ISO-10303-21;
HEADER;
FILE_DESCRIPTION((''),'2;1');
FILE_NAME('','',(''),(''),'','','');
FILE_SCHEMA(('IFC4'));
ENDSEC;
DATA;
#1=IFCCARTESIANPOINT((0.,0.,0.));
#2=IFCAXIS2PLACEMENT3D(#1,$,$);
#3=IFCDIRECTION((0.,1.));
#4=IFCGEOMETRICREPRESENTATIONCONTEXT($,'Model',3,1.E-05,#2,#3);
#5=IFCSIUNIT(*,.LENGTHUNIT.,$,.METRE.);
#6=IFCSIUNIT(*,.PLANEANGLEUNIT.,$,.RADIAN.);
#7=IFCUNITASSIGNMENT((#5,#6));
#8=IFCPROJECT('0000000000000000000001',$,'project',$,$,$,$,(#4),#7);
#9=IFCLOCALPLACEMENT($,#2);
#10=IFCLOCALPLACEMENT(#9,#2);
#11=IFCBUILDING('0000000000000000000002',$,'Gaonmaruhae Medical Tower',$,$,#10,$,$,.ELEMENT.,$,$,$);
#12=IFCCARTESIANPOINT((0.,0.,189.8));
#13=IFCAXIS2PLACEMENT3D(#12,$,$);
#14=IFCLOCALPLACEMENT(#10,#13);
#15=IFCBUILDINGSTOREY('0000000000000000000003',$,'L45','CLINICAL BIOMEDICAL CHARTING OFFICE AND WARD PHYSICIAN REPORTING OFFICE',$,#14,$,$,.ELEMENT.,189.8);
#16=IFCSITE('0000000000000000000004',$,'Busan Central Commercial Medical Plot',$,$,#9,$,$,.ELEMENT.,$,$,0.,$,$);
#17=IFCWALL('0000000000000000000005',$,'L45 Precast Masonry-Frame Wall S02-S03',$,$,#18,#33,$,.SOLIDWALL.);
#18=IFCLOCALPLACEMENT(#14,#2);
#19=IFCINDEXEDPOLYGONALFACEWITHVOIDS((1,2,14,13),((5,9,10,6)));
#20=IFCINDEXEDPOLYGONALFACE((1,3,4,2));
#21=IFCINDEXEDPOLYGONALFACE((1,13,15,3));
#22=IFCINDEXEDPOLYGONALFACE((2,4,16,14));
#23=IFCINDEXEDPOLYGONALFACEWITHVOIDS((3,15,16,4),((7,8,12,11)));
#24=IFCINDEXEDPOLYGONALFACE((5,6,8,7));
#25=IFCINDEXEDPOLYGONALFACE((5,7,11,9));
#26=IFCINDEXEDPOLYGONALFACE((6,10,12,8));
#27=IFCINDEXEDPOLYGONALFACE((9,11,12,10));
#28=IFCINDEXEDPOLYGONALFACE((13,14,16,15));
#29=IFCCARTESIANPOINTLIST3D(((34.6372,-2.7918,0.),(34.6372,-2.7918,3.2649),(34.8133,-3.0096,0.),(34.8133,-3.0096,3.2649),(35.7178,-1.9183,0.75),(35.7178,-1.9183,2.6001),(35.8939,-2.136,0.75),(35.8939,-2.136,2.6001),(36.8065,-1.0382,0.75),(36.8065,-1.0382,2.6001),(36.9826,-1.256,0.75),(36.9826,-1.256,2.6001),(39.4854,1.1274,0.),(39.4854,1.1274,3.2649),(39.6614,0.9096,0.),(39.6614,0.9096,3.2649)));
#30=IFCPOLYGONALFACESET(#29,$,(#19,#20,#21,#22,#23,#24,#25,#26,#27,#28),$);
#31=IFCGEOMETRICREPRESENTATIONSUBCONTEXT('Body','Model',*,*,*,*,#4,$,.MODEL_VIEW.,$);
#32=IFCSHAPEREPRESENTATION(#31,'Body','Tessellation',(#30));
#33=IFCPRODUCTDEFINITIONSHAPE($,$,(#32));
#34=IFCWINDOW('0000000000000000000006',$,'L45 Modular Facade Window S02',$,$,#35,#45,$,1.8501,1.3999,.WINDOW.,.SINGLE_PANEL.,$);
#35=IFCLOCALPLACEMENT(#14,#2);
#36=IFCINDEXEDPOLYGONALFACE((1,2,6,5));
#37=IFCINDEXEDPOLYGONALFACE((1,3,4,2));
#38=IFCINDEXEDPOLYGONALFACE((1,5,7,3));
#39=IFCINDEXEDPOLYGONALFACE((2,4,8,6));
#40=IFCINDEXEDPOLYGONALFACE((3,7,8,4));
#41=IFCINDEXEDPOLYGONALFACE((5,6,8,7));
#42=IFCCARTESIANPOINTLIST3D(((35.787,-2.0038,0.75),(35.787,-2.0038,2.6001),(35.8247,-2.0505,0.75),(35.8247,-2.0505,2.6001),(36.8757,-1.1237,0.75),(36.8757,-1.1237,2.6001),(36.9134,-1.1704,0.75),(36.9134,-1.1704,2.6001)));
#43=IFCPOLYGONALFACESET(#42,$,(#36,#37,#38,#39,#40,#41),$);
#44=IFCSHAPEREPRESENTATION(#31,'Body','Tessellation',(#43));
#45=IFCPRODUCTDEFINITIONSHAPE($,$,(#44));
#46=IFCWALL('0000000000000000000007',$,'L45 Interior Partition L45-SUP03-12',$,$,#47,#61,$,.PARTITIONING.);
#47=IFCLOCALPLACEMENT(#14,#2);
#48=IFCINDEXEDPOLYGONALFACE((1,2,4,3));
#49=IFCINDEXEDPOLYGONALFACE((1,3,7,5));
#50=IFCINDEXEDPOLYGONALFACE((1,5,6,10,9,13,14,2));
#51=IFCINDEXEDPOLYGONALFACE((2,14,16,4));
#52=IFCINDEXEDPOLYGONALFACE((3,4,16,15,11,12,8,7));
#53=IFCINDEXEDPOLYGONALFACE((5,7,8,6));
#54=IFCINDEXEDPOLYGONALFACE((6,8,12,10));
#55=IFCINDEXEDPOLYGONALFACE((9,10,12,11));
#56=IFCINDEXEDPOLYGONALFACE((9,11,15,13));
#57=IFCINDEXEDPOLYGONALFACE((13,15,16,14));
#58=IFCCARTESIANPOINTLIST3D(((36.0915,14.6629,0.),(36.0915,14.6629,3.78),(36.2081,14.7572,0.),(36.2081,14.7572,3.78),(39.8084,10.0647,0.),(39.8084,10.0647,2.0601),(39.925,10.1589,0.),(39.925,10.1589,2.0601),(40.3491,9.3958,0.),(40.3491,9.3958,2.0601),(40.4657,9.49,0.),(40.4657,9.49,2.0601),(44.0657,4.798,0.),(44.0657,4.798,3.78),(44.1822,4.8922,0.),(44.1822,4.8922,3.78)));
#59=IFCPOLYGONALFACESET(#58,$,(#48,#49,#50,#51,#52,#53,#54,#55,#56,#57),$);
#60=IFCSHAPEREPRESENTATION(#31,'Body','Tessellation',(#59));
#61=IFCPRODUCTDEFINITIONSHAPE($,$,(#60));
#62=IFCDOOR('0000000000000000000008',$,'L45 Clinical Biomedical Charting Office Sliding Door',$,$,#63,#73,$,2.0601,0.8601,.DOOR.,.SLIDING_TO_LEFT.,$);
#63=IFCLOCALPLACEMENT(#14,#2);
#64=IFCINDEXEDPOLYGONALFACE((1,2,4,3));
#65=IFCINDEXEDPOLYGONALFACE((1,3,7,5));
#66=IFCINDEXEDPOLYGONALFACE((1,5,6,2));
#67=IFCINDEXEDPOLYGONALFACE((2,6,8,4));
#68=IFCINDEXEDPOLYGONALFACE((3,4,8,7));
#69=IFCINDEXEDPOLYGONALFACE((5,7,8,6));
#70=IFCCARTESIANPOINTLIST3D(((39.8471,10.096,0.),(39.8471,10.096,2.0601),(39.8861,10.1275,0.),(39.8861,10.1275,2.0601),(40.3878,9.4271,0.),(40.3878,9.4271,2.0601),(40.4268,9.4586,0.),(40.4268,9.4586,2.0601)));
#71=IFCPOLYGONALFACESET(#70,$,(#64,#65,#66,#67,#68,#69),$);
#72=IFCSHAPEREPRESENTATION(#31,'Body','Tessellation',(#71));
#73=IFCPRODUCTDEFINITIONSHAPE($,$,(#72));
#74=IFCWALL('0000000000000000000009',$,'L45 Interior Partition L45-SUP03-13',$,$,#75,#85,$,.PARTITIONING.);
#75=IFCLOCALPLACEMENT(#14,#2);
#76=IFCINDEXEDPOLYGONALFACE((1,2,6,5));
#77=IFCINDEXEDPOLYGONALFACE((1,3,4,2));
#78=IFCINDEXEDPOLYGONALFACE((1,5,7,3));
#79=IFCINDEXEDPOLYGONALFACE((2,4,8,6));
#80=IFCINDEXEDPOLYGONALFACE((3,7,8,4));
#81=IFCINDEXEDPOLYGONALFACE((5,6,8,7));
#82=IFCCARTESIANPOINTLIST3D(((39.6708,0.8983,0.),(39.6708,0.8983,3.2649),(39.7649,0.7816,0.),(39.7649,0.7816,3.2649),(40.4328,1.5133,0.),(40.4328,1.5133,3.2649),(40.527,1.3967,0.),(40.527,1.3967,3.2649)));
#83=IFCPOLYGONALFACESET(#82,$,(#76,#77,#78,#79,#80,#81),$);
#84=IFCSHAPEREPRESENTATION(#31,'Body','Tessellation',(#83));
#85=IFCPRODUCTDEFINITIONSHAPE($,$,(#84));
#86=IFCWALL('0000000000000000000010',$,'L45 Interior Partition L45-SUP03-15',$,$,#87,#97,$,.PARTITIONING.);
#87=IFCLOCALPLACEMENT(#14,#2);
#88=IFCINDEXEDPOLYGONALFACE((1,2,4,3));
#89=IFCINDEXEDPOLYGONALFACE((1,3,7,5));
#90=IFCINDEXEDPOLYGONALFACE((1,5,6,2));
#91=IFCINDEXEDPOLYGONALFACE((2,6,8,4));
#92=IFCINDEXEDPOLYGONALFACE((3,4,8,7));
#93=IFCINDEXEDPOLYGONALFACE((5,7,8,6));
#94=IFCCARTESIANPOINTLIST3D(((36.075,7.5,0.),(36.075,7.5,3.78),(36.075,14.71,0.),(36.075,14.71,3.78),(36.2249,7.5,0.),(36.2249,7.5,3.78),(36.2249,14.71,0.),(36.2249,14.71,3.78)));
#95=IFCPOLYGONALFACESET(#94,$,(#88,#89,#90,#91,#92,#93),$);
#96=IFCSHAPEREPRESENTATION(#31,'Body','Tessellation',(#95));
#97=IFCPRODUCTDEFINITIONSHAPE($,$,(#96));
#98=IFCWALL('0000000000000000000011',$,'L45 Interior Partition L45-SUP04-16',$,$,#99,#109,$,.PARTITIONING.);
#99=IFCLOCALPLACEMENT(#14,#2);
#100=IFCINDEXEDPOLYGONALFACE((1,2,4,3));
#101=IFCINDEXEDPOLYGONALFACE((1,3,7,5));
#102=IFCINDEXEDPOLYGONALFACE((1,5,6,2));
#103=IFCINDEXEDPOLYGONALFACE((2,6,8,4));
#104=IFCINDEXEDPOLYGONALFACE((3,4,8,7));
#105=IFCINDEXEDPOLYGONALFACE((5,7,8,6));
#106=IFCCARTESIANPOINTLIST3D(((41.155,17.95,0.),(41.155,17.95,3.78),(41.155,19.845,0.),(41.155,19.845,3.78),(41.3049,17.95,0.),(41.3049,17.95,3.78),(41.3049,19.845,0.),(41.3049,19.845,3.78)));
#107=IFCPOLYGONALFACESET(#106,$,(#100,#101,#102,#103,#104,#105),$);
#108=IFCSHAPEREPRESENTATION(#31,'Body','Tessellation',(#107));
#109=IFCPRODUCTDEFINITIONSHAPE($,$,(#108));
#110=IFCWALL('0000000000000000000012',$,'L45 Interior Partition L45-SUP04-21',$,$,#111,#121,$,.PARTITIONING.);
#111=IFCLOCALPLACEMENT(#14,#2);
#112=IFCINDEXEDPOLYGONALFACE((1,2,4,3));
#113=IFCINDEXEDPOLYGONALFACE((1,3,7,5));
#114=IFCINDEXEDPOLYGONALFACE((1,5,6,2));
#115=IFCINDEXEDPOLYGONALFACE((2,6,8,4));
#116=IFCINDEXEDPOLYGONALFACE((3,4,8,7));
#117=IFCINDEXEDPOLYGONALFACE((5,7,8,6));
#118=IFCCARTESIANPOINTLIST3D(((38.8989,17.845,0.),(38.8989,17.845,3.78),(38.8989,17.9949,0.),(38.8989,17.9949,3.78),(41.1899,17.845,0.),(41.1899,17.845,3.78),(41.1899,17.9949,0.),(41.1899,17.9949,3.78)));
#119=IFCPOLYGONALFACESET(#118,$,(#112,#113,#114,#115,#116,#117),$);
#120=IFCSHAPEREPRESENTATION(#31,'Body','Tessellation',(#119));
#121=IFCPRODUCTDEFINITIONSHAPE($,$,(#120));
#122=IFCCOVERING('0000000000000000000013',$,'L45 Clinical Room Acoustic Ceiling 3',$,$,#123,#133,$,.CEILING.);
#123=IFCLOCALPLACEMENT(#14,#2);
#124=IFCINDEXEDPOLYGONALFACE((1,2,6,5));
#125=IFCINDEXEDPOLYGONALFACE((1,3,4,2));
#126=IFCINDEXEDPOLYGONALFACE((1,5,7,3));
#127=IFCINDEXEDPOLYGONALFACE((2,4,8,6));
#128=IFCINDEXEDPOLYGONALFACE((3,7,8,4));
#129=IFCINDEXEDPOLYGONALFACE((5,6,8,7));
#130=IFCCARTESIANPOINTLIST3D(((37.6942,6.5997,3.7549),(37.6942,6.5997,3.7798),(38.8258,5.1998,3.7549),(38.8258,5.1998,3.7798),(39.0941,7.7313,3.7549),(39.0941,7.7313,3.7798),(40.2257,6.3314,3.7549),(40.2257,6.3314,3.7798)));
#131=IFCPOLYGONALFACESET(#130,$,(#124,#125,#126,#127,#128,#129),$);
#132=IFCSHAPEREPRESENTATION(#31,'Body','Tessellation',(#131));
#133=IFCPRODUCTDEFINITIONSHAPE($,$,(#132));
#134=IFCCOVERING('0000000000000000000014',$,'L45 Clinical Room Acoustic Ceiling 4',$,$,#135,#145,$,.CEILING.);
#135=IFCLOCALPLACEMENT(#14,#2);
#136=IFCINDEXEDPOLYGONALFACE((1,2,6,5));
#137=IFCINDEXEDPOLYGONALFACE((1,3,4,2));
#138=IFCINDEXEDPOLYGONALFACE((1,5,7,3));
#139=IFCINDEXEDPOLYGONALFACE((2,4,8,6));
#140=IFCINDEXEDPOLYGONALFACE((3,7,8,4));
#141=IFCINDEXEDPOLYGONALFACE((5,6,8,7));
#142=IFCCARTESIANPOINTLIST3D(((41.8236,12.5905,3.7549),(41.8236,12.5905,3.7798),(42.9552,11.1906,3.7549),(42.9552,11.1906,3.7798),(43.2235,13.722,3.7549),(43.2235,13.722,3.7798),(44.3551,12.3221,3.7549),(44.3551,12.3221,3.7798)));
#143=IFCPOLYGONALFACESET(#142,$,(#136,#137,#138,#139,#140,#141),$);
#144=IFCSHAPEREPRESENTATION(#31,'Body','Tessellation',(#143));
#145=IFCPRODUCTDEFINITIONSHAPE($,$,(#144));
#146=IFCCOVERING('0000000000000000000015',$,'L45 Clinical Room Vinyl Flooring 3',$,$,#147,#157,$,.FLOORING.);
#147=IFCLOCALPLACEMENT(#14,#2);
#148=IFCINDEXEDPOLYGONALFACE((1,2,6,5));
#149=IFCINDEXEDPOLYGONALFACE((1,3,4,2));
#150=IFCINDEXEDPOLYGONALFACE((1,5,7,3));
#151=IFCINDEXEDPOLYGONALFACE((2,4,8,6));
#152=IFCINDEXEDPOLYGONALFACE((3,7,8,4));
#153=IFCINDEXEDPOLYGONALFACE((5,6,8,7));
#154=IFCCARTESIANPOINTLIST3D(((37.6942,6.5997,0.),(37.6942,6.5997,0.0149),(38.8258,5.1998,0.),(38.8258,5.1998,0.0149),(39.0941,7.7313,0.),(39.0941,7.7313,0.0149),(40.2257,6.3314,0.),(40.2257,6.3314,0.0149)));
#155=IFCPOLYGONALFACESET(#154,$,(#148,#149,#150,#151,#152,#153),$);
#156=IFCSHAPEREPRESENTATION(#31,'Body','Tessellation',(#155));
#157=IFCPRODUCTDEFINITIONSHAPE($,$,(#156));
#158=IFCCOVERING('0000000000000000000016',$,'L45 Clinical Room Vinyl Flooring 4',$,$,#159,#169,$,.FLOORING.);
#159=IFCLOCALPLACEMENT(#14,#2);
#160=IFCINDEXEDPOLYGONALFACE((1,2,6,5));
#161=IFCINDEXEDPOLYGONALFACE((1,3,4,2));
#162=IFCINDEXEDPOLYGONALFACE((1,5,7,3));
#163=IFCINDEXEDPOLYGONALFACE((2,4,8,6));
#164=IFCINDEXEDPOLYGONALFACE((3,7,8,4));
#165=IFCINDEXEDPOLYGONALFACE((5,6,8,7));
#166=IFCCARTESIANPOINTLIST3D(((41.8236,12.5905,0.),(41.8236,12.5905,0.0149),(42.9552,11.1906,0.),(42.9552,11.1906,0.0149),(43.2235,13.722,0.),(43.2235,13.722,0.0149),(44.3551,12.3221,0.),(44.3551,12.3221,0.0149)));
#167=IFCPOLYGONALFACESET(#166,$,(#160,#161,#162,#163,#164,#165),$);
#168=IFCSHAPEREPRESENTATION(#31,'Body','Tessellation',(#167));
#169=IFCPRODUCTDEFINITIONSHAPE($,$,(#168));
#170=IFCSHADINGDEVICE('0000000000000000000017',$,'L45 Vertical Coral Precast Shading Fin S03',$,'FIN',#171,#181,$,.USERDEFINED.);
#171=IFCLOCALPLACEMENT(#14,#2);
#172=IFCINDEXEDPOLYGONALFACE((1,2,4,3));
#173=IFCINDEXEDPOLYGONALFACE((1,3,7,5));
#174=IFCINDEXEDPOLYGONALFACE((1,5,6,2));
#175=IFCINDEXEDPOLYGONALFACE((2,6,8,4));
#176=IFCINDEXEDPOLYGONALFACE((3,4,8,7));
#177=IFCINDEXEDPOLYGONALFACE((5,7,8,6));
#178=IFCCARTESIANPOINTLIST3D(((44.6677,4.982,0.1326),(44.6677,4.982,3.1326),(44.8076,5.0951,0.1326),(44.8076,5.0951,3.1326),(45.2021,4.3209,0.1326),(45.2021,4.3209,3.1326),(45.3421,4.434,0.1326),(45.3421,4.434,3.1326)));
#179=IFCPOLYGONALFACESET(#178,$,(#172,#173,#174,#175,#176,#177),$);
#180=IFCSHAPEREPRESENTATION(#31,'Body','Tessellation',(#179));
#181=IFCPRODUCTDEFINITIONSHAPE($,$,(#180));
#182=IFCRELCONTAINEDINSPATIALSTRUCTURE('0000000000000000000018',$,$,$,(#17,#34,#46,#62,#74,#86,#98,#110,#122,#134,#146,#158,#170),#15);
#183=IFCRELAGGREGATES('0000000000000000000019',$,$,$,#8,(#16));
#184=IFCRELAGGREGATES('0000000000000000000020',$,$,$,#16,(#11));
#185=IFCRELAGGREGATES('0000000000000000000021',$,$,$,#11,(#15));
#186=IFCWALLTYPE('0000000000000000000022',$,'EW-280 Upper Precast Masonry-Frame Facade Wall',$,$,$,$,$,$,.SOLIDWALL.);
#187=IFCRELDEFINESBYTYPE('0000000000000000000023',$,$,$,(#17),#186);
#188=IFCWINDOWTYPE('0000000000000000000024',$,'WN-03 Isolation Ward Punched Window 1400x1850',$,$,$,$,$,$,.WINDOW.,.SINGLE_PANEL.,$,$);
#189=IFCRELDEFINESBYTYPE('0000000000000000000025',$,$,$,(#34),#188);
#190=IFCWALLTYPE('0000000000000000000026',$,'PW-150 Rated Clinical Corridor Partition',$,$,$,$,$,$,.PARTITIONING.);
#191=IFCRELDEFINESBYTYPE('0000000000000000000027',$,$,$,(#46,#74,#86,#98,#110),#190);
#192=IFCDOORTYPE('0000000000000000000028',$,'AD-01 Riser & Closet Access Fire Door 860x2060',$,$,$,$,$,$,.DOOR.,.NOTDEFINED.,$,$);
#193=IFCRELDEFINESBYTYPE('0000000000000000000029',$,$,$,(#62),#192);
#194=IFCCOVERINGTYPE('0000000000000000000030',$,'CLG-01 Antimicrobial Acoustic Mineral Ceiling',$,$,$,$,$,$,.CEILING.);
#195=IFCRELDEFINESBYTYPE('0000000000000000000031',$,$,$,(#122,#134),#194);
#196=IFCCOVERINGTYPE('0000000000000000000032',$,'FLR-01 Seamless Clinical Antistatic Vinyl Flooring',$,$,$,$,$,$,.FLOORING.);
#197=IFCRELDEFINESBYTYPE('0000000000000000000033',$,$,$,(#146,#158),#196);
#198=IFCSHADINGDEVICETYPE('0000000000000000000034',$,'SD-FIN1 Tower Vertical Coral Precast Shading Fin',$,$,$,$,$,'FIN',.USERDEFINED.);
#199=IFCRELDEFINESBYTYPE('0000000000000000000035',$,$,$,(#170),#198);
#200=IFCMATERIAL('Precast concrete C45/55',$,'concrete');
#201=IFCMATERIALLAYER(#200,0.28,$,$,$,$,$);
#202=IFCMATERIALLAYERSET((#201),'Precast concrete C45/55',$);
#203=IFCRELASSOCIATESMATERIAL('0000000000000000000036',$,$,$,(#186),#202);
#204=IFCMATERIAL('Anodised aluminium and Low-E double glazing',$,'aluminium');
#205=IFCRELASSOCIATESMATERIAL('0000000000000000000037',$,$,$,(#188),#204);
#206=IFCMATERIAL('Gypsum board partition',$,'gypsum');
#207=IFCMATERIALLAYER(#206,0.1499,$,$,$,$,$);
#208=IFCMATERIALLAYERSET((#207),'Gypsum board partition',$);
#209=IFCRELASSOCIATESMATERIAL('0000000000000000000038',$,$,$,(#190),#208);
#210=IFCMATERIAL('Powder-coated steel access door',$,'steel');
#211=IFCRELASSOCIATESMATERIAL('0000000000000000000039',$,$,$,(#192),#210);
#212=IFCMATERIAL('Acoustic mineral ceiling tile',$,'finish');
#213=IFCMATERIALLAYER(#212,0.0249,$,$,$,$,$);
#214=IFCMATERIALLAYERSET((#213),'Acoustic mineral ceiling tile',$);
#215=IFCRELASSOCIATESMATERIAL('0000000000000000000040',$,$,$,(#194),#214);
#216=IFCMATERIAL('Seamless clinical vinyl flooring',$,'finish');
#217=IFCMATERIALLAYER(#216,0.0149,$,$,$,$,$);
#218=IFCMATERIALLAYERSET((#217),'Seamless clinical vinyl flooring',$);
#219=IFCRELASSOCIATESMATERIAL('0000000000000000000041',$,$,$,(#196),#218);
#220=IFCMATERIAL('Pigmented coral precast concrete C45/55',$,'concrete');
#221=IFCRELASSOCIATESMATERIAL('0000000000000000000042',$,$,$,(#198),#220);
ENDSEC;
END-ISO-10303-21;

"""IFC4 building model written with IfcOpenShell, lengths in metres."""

from ifc_helpers import new_model, si_unit, direction, frame, frame_2d, origin, origin_2d, place, context, subcontext, project, spatial, rectangle, extrude, material, layer, layer_set, type_object, element, fill, save


model = new_model("IFC4")

# Units and contexts
model_context = context("Model", 3, precision=1e-05, world=origin(), true_north=direction((0.0, 1.0)))
body_context = subcontext(model_context, "Body", "Model", "MODEL_VIEW")
ifc_project = project(units=[si_unit("LENGTHUNIT", "METRE"), si_unit("PLANEANGLEUNIT", "RADIAN")], contexts=[model_context])

# Site, building, storey
site_placement = place(None, origin())
site = spatial("IfcSite", under=ifc_project, at=site_placement, Name="Busan Central Commercial Medical Plot", CompositionType="ELEMENT", RefElevation=0.0)
building_placement = place(site_placement, origin())
building = spatial("IfcBuilding", under=site, at=building_placement, Name="Gaonmaruhae Medical Tower", CompositionType="ELEMENT")
storey_placement = place(building_placement, frame((0.0, 0.0, 189.8)))
storey = spatial("IfcBuildingStorey", under=building, at=storey_placement, Name="L45", Description="CLINICAL BIOMEDICAL CHARTING OFFICE AND WARD PHYSICIAN REPORTING OFFICE", CompositionType="ELEMENT", Elevation=189.8)

# Wall, opening, window
ifc_material_1 = material(Name="Precast concrete C45/55", Category="concrete")
ifc_layer_1 = layer(ifc_material_1, 0.28)
ifc_layer_set_1 = layer_set([ifc_layer_1], Name="Precast concrete C45/55")
wall_type_1 = type_object("IfcWallType", Name="EW-280 Upper Precast Masonry-Frame Facade Wall", PredefinedType="SOLIDWALL", material=ifc_layer_set_1)
wall_1_placement = place(storey_placement, frame((39.5735, 1.0186, 0.0), z_axis=(0.0, 0.0, 1.0), x_axis=(-0.777676, -0.628665, 0.0)))
wall_1 = element("IfcWall", 1, at=wall_1_placement, inside=storey, type_object=wall_type_1, Name="L45 Precast Masonry-Frame Wall S02-S03", PredefinedType="SOLIDWALL", context=body_context, shape_type="SweptSolid", body=[
    extrude(rectangle(XDim=6.2341, YDim=0.28, at=frame_2d((3.1172, 0.0))), origin(), (0.0, 0.0, 1.0), 3.2649),
])
opening_1_placement = place(wall_1_placement, frame((3.4448, 0.0, 0.75)))
opening_1 = element("IfcOpeningElement", 2, at=opening_1_placement, cuts=wall_1, PredefinedType="OPENING", context=body_context, shape_type="SweptSolid", body=[
    extrude(rectangle(XDim=1.3999, YDim=1.8501, at=frame_2d((0.7, 0.925))), frame((0.0, 0.1499, 0.0), z_axis=(0.0, -1.0, 0.0), x_axis=(1.0, 0.0, 0.0)), (0.0, 0.0, 1.0), 0.3),
])
ifc_material_2 = material(Name="Anodised aluminium and Low-E double glazing", Category="aluminium")
window_type = type_object("IfcWindowType", Name="WN-03 Isolation Ward Punched Window 1400x1850", PartitioningType="SINGLE_PANEL", PredefinedType="WINDOW", material=ifc_material_2)
window_placement = place(opening_1_placement, origin())
window = element("IfcWindow", 3, at=window_placement, inside=storey, type_object=window_type, Name="L45 Modular Facade Window S02", OverallHeight=1.8501, OverallWidth=1.3999, PartitioningType="SINGLE_PANEL", PredefinedType="WINDOW", context=body_context, shape_type="SweptSolid", body=[
    extrude(rectangle(XDim=1.3999, YDim=1.8501, at=frame_2d((0.7, 0.925))), frame((0.0, 0.03, 0.0), z_axis=(0.0, -1.0, 0.0), x_axis=(1.0, 0.0, 0.0)), (0.0, 0.0, 1.0), 0.0601),
])
fill(opening_1, window)

# Wall, opening, door
ifc_material_3 = material(Name="Gypsum board partition", Category="gypsum")
ifc_layer_2 = layer(ifc_material_3, 0.1499)
ifc_layer_set_2 = layer_set([ifc_layer_2], Name="Gypsum board partition")
wall_type_2 = type_object("IfcWallType", Name="PW-150 Rated Clinical Corridor Partition", PredefinedType="PARTITIONING", material=ifc_layer_set_2)
wall_2_placement = place(storey_placement, frame((36.1499, 14.71, 0.0), z_axis=(0.0, 0.0, 1.0), x_axis=(0.628635, -0.7777, 0.0)))
wall_2 = element("IfcWall", 4, at=wall_2_placement, inside=storey, type_object=wall_type_2, Name="L45 Interior Partition L45-SUP03-12", PredefinedType="PARTITIONING", context=body_context, shape_type="SweptSolid", body=[
    extrude(rectangle(XDim=12.6848, YDim=0.1499, at=frame_2d((6.3423, 0.0))), origin(), (0.0, 0.0, 1.0), 3.78),
])
opening_2_placement = place(wall_2_placement, frame((5.9124, 0.0, 0.0)))
opening_2 = element("IfcOpeningElement", 5, at=opening_2_placement, cuts=wall_2, PredefinedType="OPENING", context=body_context, shape_type="SweptSolid", body=[
    extrude(rectangle(XDim=0.8601, YDim=2.0601, at=frame_2d((0.4302, 1.03))), frame((0.0, 0.085, 0.0), z_axis=(0.0, -1.0, 0.0), x_axis=(1.0, 0.0, 0.0)), (0.0, 0.0, 1.0), 0.1699),
])
ifc_material_4 = material(Name="Powder-coated steel access door", Category="steel")
door_type_1 = type_object("IfcDoorType", Name="AD-01 Riser & Closet Access Fire Door 860x2060", OperationType="NOTDEFINED", PredefinedType="DOOR", material=ifc_material_4)
door_1_placement = place(opening_2_placement, origin())
door_1 = element("IfcDoor", 6, at=door_1_placement, inside=storey, type_object=door_type_1, Name="L45 Clinical Biomedical Charting Office Sliding Door", OperationType="SLIDING_TO_LEFT", OverallHeight=2.0601, OverallWidth=0.8601, PredefinedType="DOOR", context=body_context, shape_type="SweptSolid", body=[
    extrude(rectangle(XDim=0.8601, YDim=2.0601, at=frame_2d((0.4302, 1.03))), frame((0.0, 0.0249, 0.0), z_axis=(0.0, -1.0, 0.0), x_axis=(1.0, 0.0, 0.0)), (0.0, 0.0, 1.0), 0.05),
])
fill(opening_2, door_1)

# Walls
wall_3_placement = place(storey_placement, frame((40.48, 1.4551, 0.0), z_axis=(0.0, 0.0, 1.0), x_axis=(-0.778161, -0.628064, 0.0)))
element("IfcWall", 7, at=wall_3_placement, inside=storey, type_object=wall_type_2, Name="L45 Interior Partition L45-SUP03-13", PredefinedType="PARTITIONING", context=body_context, shape_type="SweptSolid", body=[
    extrude(rectangle(XDim=0.9792, YDim=0.1499, at=frame_2d((0.4897, 0.0))), origin(), (0.0, 0.0, 1.0), 3.2649),
])
wall_4_placement = place(storey_placement, frame((36.1499, 7.5, 0.0), z_axis=(0.0, 0.0, 1.0), x_axis=(0.0, 1.0, 0.0)))
element("IfcWall", 8, at=wall_4_placement, inside=storey, type_object=wall_type_2, Name="L45 Interior Partition L45-SUP03-15", PredefinedType="PARTITIONING", context=body_context, shape_type="SweptSolid", body=[
    extrude(rectangle(XDim=7.21, YDim=0.1499, at=frame_2d((3.605, 0.0))), origin(), (0.0, 0.0, 1.0), 3.78),
])
wall_5_placement = place(storey_placement, frame((41.23, 17.95, 0.0), z_axis=(0.0, 0.0, 1.0), x_axis=(0.0, 1.0, 0.0)))
element("IfcWall", 9, at=wall_5_placement, inside=storey, type_object=wall_type_2, Name="L45 Interior Partition L45-SUP04-16", PredefinedType="PARTITIONING", context=body_context, shape_type="SweptSolid", body=[
    extrude(rectangle(XDim=1.895, YDim=0.1499, at=frame_2d((0.9475, 0.0))), origin(), (0.0, 0.0, 1.0), 3.78),
])

# Wall
wall_6_placement = place(storey_placement, frame((38.8989, 17.9199, 0.0), z_axis=(0.0, 0.0, 1.0), x_axis=(1.0, 0.0, 0.0)))
element("IfcWall", 10, at=wall_6_placement, inside=storey, type_object=wall_type_2, Name="L45 Interior Partition L45-SUP04-21", PredefinedType="PARTITIONING", context=body_context, shape_type="SweptSolid", body=[
    extrude(rectangle(XDim=2.291, YDim=0.1499, at=frame_2d((1.1455, 0.0))), origin(), (0.0, 0.0, 1.0), 3.78),
])

# Coverings
ifc_material_5 = material(Name="Acoustic mineral ceiling tile", Category="finish")
ifc_layer_3 = layer(ifc_material_5, 0.0249)
ifc_layer_set_3 = layer_set([ifc_layer_3], Name="Acoustic mineral ceiling tile")
covering_type_1 = type_object("IfcCoveringType", Name="CLG-01 Antimicrobial Acoustic Mineral Ceiling", PredefinedType="CEILING", material=ifc_layer_set_3)
for number, where, z_axis, x_axis, name in (
    (11, (38.96, 6.4656, 3.7549), (0.0, 0.0, 1.0), (0.777695, 0.628642, 0.0), "L45 Clinical Room Acoustic Ceiling 3"),
    (12, (43.0894, 12.4563, 3.7549), (0.0, 0.0, 1.0), (0.777695, 0.628642, 0.0), "L45 Clinical Room Acoustic Ceiling 4"),
):
    element("IfcCovering", number, at=place(storey_placement, frame(where, z_axis=z_axis, x_axis=x_axis)), inside=storey, type_object=covering_type_1, Name=name, PredefinedType="CEILING", context=body_context, shape_type="SweptSolid", body=[
        extrude(rectangle(XDim=1.8, YDim=1.8, at=origin_2d()), origin(), (0.0, 0.0, 1.0), 0.0249),
    ])
ifc_material_6 = material(Name="Seamless clinical vinyl flooring", Category="finish")
ifc_layer_4 = layer(ifc_material_6, 0.0149)
ifc_layer_set_4 = layer_set([ifc_layer_4], Name="Seamless clinical vinyl flooring")
covering_type_2 = type_object("IfcCoveringType", Name="FLR-01 Seamless Clinical Antistatic Vinyl Flooring", PredefinedType="FLOORING", material=ifc_layer_set_4)
for number, where, z_axis, x_axis, name in (
    (13, (38.96, 6.4656, 0.0), (0.0, 0.0, 1.0), (0.777695, 0.628642, 0.0), "L45 Clinical Room Vinyl Flooring 3"),
    (14, (43.0894, 12.4563, 0.0), (0.0, 0.0, 1.0), (0.777695, 0.628642, 0.0), "L45 Clinical Room Vinyl Flooring 4"),
):
    element("IfcCovering", number, at=place(storey_placement, frame(where, z_axis=z_axis, x_axis=x_axis)), inside=storey, type_object=covering_type_2, Name=name, PredefinedType="FLOORING", context=body_context, shape_type="SweptSolid", body=[
        extrude(rectangle(XDim=1.8, YDim=1.8, at=origin_2d()), origin(), (0.0, 0.0, 1.0), 0.0149),
    ])

# Shading device
ifc_material_7 = material(Name="Pigmented coral precast concrete C45/55", Category="concrete")
shading_device_type = type_object("IfcShadingDeviceType", Name="SD-FIN1 Tower Vertical Coral Precast Shading Fin", ElementType="FIN", PredefinedType="USERDEFINED", material=ifc_material_7)
for number, where, z_axis, x_axis, name in (
    (15, (45.0049, 4.708, 0.1326), (0.0, 0.0, 1.0), (-0.777695, -0.628642, 0.0), "L45 Vertical Coral Precast Shading Fin S03"),
):
    element("IfcShadingDevice", number, at=place(storey_placement, frame(where, z_axis=z_axis, x_axis=x_axis)), inside=storey, type_object=shading_device_type, Name=name, ObjectType="FIN", PredefinedType="USERDEFINED", context=body_context, shape_type="SweptSolid", body=[
        extrude(rectangle(XDim=0.1799, YDim=0.8501, at=origin_2d()), origin(), (0.0, 0.0, 1.0), 3.0),
    ])

save(model, "model.ifc")
